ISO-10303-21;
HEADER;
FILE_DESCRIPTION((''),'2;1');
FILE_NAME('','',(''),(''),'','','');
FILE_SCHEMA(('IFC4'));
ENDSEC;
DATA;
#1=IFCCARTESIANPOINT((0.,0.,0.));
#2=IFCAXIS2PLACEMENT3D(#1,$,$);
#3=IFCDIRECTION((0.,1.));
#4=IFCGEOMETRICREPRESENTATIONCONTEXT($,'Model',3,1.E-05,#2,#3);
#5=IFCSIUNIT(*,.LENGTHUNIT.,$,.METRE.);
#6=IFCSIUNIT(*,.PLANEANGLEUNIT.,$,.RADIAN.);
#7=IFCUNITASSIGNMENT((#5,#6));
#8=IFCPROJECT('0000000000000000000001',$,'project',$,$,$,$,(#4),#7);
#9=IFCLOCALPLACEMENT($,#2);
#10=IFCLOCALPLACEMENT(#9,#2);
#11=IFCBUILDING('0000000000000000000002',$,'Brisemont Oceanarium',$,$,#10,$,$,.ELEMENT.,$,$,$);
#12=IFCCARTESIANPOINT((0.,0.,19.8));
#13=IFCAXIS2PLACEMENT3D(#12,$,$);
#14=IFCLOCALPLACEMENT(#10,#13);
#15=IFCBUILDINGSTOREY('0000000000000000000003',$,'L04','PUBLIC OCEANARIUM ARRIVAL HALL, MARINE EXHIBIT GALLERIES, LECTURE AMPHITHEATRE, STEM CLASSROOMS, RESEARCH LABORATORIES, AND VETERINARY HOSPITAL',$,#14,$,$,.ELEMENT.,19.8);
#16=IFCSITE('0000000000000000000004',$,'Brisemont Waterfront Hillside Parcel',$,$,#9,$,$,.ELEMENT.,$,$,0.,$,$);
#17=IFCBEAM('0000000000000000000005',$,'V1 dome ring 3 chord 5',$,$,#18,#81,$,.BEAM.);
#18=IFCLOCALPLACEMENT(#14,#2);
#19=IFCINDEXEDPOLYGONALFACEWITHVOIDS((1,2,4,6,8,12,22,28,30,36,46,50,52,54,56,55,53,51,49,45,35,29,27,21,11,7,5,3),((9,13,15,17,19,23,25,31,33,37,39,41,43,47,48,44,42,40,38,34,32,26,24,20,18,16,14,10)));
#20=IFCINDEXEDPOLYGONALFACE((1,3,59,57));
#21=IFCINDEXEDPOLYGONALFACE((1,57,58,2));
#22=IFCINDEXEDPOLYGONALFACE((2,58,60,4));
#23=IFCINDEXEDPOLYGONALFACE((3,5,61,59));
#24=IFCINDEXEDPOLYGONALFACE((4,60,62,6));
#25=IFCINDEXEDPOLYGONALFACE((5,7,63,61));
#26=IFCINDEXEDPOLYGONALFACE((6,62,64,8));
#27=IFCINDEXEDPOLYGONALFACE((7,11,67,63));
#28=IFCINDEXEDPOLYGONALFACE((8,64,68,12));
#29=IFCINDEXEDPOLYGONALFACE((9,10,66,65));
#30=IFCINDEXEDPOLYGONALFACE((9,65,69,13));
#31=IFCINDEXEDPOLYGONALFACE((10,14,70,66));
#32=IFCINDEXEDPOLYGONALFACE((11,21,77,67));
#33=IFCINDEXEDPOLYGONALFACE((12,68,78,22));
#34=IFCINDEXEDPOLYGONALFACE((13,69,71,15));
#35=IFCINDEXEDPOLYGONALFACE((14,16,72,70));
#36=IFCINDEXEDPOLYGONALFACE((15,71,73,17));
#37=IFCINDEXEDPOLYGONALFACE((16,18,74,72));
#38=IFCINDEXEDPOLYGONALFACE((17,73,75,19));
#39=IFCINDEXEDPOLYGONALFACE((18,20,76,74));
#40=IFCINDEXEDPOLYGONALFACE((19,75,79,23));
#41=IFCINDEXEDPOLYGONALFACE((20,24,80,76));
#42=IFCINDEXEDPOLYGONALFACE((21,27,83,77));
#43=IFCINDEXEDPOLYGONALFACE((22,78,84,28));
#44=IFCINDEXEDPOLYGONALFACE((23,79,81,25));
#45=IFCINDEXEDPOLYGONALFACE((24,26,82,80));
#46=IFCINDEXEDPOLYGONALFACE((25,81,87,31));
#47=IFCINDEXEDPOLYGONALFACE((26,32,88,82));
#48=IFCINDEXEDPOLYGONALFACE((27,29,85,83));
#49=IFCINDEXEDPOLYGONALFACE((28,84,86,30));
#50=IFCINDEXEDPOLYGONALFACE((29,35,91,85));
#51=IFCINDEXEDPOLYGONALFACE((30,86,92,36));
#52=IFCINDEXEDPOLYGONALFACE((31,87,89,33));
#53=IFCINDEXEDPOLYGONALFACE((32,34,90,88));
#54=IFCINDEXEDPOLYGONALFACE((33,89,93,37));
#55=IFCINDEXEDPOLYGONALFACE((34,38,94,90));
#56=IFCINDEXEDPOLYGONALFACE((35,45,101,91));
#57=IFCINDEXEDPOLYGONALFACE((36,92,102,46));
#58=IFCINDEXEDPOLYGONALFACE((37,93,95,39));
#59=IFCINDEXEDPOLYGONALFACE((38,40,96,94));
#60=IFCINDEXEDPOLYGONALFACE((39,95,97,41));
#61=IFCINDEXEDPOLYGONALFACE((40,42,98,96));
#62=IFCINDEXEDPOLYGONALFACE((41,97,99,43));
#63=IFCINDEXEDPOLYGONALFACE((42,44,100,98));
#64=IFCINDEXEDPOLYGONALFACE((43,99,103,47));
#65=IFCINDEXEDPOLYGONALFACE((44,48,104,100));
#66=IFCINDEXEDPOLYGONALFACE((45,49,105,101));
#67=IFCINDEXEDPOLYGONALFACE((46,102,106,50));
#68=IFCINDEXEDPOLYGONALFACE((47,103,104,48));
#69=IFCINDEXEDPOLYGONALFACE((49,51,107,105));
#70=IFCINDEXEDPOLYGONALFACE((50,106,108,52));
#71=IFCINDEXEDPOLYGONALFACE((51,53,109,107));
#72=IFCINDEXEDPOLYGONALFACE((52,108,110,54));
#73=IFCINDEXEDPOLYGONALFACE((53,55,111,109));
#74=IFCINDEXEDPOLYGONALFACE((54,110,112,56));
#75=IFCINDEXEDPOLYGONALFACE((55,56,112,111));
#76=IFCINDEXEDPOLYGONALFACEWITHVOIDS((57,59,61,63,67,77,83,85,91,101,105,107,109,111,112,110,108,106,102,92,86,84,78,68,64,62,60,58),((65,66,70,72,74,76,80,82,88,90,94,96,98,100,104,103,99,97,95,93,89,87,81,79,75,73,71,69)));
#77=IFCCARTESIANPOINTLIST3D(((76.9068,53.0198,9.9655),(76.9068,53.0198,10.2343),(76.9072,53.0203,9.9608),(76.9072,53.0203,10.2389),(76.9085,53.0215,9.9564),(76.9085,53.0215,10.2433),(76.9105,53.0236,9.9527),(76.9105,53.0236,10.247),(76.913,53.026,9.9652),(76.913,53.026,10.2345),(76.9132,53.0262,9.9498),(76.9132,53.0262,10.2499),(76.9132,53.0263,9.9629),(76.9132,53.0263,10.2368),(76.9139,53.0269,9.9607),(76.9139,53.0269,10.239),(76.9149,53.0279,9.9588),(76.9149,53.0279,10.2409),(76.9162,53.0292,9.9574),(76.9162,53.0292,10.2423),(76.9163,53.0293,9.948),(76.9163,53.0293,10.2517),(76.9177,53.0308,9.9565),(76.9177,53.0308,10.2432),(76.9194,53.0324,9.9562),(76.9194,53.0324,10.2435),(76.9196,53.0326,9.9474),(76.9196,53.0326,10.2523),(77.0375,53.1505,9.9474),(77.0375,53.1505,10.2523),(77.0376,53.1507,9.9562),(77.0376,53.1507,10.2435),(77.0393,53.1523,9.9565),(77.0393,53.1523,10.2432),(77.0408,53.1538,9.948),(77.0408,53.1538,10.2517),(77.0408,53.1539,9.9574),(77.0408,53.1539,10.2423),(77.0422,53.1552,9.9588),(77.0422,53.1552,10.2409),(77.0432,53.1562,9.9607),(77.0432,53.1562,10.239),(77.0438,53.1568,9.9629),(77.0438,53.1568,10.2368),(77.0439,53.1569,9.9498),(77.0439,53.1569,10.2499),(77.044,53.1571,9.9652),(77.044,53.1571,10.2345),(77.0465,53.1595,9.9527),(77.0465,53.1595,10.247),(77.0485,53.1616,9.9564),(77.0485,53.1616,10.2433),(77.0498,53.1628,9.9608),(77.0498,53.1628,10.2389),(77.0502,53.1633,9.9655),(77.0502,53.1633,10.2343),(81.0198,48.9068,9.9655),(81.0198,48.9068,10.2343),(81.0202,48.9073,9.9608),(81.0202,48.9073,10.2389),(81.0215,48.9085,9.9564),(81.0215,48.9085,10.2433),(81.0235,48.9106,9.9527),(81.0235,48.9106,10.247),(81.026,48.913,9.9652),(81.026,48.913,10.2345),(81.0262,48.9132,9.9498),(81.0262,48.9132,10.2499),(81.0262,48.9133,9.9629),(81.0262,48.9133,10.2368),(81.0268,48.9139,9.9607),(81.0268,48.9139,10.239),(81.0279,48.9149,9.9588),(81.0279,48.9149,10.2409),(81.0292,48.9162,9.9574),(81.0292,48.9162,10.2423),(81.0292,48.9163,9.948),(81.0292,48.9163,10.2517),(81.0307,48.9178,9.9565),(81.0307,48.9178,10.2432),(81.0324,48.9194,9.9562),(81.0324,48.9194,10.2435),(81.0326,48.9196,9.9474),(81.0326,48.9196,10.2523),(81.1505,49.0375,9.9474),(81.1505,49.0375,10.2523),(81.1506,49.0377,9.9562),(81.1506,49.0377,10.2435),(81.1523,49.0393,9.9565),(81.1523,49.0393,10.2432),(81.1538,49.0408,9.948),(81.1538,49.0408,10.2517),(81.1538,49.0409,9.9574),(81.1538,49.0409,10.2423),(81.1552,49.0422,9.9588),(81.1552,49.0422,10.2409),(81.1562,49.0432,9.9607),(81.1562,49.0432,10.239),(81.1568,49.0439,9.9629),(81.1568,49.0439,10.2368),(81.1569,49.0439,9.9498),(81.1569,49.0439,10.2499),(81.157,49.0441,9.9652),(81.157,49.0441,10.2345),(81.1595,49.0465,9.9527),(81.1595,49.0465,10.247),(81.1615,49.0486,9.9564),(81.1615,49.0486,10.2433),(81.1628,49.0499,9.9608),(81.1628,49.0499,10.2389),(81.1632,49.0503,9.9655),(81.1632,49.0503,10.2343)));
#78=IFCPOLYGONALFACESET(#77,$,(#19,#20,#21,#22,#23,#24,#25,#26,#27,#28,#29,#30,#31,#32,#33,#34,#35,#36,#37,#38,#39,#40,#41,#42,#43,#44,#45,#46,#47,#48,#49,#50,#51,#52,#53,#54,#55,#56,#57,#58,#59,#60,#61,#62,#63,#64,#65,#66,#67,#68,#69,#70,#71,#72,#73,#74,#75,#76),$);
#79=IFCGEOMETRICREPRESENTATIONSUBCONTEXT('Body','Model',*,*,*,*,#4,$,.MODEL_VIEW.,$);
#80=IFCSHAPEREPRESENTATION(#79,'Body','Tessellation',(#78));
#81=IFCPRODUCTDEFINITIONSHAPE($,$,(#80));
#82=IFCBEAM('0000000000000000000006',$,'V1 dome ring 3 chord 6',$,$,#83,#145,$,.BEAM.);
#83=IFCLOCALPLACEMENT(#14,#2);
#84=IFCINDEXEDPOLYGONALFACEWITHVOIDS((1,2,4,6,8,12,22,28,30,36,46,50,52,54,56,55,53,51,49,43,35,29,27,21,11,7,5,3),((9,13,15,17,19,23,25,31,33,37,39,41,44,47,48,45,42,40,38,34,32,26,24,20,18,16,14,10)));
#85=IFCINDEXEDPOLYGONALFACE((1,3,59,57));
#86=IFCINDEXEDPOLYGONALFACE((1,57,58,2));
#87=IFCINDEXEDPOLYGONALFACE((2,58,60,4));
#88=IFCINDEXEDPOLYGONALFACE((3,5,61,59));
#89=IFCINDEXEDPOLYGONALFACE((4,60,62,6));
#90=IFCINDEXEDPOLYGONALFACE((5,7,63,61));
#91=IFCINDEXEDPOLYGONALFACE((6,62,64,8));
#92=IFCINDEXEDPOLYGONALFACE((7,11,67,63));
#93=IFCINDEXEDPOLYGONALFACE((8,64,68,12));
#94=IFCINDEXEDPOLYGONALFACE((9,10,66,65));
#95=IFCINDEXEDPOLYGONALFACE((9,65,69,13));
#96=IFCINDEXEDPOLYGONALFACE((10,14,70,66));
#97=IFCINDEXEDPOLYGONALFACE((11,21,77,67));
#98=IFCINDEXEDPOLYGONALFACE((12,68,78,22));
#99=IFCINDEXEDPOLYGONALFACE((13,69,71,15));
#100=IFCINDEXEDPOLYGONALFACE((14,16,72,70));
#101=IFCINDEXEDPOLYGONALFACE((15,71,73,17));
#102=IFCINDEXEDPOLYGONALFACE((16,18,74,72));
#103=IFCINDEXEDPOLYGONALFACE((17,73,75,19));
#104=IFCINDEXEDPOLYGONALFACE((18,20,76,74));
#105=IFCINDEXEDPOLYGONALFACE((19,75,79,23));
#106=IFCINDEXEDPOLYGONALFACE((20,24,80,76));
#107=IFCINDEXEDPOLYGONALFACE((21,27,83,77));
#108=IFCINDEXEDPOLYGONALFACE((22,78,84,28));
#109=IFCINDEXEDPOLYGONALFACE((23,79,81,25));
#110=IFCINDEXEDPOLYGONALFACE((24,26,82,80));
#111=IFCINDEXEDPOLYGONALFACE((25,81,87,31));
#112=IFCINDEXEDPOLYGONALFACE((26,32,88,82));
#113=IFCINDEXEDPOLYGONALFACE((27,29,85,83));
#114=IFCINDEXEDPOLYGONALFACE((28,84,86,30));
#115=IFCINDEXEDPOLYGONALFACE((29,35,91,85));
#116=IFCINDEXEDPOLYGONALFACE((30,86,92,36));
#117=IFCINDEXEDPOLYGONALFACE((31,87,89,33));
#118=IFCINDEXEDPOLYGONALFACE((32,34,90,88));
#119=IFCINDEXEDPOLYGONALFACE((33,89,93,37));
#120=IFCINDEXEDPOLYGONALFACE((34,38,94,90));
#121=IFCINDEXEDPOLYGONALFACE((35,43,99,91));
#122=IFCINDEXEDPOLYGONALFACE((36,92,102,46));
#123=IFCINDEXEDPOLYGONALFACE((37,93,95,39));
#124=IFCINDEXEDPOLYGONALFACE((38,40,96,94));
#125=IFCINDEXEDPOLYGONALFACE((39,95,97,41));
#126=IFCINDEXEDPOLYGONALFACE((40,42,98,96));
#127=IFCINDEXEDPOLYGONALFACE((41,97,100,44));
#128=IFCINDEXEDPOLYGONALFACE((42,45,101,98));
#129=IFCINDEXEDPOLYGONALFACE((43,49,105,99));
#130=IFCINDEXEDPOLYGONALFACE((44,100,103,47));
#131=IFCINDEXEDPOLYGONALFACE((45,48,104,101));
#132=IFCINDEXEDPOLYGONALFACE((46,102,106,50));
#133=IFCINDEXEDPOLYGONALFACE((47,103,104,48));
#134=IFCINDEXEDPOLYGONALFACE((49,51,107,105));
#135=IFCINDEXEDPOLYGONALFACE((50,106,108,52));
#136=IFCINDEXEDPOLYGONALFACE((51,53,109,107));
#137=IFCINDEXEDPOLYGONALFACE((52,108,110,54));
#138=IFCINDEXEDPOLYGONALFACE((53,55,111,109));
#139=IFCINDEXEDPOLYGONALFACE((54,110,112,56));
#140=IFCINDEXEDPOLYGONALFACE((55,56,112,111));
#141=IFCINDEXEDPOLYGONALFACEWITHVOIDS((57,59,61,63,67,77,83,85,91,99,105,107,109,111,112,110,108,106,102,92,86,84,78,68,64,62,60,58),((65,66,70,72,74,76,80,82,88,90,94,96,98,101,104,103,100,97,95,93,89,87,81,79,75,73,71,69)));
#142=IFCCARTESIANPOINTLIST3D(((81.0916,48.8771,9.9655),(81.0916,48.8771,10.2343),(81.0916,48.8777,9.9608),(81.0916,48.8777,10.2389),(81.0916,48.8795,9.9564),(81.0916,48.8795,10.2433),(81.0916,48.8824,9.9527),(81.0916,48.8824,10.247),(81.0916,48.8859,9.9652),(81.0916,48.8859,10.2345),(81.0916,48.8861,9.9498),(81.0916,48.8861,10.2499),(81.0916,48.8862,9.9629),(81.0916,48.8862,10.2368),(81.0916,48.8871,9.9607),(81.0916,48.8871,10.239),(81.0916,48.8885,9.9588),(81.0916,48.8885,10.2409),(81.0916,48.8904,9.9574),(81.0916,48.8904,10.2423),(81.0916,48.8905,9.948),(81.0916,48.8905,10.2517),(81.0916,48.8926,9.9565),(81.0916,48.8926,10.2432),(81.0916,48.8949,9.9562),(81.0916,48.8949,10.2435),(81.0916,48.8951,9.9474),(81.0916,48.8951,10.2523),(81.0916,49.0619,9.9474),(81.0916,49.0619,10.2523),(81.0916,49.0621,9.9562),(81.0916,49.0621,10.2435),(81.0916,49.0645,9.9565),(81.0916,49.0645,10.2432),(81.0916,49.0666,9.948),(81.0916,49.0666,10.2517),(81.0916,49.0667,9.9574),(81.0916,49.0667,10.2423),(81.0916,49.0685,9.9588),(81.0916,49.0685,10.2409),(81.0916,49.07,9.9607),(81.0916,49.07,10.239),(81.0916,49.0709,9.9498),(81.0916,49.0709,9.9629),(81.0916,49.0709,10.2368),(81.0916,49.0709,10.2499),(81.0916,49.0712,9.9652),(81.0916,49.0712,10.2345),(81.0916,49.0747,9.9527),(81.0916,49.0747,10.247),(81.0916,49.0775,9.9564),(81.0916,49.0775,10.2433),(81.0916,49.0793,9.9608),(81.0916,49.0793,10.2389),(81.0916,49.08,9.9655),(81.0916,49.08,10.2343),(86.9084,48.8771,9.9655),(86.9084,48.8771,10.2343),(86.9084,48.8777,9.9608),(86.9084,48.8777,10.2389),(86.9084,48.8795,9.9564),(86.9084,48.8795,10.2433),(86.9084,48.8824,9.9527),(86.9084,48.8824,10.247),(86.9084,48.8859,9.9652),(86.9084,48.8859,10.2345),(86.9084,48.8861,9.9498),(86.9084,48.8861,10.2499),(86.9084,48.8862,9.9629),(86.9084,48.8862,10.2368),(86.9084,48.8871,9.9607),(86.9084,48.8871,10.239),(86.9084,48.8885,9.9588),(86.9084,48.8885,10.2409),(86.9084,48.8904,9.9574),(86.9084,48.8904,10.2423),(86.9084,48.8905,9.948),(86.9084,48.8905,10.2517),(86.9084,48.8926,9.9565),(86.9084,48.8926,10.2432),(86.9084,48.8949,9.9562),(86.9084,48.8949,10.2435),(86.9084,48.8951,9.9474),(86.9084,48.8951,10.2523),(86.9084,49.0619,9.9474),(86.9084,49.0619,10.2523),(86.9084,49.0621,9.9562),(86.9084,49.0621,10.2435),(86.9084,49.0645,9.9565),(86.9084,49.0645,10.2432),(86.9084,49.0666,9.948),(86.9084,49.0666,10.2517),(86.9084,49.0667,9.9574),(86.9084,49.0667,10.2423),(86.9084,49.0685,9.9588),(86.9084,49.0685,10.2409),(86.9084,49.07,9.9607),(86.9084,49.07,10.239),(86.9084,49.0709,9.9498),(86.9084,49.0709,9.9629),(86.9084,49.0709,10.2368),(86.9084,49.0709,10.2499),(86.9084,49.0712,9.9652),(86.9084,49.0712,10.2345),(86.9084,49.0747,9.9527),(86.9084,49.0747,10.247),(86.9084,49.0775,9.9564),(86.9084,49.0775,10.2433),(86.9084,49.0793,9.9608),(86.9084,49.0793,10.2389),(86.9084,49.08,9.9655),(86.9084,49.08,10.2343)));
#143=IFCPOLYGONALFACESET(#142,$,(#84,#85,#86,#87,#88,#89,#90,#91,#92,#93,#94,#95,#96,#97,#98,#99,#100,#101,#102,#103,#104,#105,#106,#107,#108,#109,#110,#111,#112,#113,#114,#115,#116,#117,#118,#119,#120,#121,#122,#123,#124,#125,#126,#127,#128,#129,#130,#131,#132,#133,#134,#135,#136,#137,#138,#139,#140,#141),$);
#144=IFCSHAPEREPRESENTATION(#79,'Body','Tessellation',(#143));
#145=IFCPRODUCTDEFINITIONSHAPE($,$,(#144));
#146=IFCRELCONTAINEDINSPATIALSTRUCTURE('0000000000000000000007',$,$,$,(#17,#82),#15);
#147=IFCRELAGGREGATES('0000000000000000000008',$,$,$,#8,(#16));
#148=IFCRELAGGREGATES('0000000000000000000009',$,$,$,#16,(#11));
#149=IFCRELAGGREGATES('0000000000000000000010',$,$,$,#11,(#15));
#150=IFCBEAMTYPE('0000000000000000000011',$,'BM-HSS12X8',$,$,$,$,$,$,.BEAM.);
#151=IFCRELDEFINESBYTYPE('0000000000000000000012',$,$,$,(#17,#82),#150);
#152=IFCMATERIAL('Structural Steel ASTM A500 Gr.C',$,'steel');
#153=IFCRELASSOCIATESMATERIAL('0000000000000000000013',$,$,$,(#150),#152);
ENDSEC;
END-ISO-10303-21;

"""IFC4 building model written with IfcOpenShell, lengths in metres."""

from ifc_helpers import new_model, si_unit, direction, frame, origin, origin_2d, place, context, subcontext, project, spatial, hollow_rectangle, extrude, material, material_profile, profile_set, type_object, element, save


model = new_model("IFC4")

# Units and contexts
model_context = context("Model", 3, precision=1e-05, world=origin(), true_north=direction((0.0, 1.0)))
body_context = subcontext(model_context, "Body", "Model", "MODEL_VIEW")
ifc_project = project(units=[si_unit("LENGTHUNIT", "METRE"), si_unit("PLANEANGLEUNIT", "RADIAN")], contexts=[model_context])

# Site, building, storey
site_placement = place(None, origin())
site = spatial("IfcSite", under=ifc_project, at=site_placement, Name="Brisemont Waterfront Hillside Parcel", CompositionType="ELEMENT", RefElevation=0.0)
building_placement = place(site_placement, origin())
building = spatial("IfcBuilding", under=site, at=building_placement, Name="Brisemont Oceanarium", CompositionType="ELEMENT")
storey_placement = place(building_placement, frame((0.0, 0.0, 19.8)))
storey = spatial("IfcBuildingStorey", under=building, at=storey_placement, Name="L04", Description="PUBLIC OCEANARIUM ARRIVAL HALL, MARINE EXHIBIT GALLERIES, LECTURE AMPHITHEATRE, STEM CLASSROOMS, RESEARCH LABORATORIES, AND VETERINARY HOSPITAL", CompositionType="ELEMENT", Elevation=19.8)

# Beams
ifc_material_1 = material(Name="Structural Steel ASTM A500 Gr.C", Category="steel")
ifc_material_profile_1 = material_profile(ifc_material_1, hollow_rectangle(XDim=0.2029, YDim=0.3049, WallThickness=0.0088, InnerFilletRadius=0.009, OuterFilletRadius=0.0181, at=origin_2d()), Name="HSS12X8X3/8")
ifc_profile_set_1 = profile_set([ifc_material_profile_1], Name="Structural Steel ASTM A500 Gr.C")
beam_type_1 = type_object("IfcBeamType", Name="BM-HSS12X8", PredefinedType="BEAM", material=ifc_profile_set_1)
beam_1_placement = place(storey_placement, frame((76.9785, 53.0916, 10.0999), z_axis=(0.707107, -0.707107, 0.0), x_axis=(0.707107, 0.707107, 0.0)))
element("IfcBeam", 1, at=beam_1_placement, inside=storey, type_object=beam_type_1, Name="V1 dome ring 3 chord 5", PredefinedType="BEAM", context=body_context, shape_type="SweptSolid", body=[
    extrude(hollow_rectangle(XDim=0.2029, YDim=0.3049, WallThickness=0.0088, InnerFilletRadius=0.009, OuterFilletRadius=0.0181, at=origin_2d()), origin(), (0.0, 0.0, 1.0), 5.8167),
])
beam_2_placement = place(storey_placement, frame((81.0916, 48.9785, 10.0999), z_axis=(1.0, 0.0, 0.0), x_axis=(0.0, 1.0, 0.0)))
element("IfcBeam", 2, at=beam_2_placement, inside=storey, type_object=beam_type_1, Name="V1 dome ring 3 chord 6", PredefinedType="BEAM", context=body_context, shape_type="SweptSolid", body=[
    extrude(hollow_rectangle(XDim=0.2029, YDim=0.3049, WallThickness=0.0088, InnerFilletRadius=0.009, OuterFilletRadius=0.0181, at=origin_2d()), origin(), (0.0, 0.0, 1.0), 5.8169),
])

save(model, "model.ifc")
